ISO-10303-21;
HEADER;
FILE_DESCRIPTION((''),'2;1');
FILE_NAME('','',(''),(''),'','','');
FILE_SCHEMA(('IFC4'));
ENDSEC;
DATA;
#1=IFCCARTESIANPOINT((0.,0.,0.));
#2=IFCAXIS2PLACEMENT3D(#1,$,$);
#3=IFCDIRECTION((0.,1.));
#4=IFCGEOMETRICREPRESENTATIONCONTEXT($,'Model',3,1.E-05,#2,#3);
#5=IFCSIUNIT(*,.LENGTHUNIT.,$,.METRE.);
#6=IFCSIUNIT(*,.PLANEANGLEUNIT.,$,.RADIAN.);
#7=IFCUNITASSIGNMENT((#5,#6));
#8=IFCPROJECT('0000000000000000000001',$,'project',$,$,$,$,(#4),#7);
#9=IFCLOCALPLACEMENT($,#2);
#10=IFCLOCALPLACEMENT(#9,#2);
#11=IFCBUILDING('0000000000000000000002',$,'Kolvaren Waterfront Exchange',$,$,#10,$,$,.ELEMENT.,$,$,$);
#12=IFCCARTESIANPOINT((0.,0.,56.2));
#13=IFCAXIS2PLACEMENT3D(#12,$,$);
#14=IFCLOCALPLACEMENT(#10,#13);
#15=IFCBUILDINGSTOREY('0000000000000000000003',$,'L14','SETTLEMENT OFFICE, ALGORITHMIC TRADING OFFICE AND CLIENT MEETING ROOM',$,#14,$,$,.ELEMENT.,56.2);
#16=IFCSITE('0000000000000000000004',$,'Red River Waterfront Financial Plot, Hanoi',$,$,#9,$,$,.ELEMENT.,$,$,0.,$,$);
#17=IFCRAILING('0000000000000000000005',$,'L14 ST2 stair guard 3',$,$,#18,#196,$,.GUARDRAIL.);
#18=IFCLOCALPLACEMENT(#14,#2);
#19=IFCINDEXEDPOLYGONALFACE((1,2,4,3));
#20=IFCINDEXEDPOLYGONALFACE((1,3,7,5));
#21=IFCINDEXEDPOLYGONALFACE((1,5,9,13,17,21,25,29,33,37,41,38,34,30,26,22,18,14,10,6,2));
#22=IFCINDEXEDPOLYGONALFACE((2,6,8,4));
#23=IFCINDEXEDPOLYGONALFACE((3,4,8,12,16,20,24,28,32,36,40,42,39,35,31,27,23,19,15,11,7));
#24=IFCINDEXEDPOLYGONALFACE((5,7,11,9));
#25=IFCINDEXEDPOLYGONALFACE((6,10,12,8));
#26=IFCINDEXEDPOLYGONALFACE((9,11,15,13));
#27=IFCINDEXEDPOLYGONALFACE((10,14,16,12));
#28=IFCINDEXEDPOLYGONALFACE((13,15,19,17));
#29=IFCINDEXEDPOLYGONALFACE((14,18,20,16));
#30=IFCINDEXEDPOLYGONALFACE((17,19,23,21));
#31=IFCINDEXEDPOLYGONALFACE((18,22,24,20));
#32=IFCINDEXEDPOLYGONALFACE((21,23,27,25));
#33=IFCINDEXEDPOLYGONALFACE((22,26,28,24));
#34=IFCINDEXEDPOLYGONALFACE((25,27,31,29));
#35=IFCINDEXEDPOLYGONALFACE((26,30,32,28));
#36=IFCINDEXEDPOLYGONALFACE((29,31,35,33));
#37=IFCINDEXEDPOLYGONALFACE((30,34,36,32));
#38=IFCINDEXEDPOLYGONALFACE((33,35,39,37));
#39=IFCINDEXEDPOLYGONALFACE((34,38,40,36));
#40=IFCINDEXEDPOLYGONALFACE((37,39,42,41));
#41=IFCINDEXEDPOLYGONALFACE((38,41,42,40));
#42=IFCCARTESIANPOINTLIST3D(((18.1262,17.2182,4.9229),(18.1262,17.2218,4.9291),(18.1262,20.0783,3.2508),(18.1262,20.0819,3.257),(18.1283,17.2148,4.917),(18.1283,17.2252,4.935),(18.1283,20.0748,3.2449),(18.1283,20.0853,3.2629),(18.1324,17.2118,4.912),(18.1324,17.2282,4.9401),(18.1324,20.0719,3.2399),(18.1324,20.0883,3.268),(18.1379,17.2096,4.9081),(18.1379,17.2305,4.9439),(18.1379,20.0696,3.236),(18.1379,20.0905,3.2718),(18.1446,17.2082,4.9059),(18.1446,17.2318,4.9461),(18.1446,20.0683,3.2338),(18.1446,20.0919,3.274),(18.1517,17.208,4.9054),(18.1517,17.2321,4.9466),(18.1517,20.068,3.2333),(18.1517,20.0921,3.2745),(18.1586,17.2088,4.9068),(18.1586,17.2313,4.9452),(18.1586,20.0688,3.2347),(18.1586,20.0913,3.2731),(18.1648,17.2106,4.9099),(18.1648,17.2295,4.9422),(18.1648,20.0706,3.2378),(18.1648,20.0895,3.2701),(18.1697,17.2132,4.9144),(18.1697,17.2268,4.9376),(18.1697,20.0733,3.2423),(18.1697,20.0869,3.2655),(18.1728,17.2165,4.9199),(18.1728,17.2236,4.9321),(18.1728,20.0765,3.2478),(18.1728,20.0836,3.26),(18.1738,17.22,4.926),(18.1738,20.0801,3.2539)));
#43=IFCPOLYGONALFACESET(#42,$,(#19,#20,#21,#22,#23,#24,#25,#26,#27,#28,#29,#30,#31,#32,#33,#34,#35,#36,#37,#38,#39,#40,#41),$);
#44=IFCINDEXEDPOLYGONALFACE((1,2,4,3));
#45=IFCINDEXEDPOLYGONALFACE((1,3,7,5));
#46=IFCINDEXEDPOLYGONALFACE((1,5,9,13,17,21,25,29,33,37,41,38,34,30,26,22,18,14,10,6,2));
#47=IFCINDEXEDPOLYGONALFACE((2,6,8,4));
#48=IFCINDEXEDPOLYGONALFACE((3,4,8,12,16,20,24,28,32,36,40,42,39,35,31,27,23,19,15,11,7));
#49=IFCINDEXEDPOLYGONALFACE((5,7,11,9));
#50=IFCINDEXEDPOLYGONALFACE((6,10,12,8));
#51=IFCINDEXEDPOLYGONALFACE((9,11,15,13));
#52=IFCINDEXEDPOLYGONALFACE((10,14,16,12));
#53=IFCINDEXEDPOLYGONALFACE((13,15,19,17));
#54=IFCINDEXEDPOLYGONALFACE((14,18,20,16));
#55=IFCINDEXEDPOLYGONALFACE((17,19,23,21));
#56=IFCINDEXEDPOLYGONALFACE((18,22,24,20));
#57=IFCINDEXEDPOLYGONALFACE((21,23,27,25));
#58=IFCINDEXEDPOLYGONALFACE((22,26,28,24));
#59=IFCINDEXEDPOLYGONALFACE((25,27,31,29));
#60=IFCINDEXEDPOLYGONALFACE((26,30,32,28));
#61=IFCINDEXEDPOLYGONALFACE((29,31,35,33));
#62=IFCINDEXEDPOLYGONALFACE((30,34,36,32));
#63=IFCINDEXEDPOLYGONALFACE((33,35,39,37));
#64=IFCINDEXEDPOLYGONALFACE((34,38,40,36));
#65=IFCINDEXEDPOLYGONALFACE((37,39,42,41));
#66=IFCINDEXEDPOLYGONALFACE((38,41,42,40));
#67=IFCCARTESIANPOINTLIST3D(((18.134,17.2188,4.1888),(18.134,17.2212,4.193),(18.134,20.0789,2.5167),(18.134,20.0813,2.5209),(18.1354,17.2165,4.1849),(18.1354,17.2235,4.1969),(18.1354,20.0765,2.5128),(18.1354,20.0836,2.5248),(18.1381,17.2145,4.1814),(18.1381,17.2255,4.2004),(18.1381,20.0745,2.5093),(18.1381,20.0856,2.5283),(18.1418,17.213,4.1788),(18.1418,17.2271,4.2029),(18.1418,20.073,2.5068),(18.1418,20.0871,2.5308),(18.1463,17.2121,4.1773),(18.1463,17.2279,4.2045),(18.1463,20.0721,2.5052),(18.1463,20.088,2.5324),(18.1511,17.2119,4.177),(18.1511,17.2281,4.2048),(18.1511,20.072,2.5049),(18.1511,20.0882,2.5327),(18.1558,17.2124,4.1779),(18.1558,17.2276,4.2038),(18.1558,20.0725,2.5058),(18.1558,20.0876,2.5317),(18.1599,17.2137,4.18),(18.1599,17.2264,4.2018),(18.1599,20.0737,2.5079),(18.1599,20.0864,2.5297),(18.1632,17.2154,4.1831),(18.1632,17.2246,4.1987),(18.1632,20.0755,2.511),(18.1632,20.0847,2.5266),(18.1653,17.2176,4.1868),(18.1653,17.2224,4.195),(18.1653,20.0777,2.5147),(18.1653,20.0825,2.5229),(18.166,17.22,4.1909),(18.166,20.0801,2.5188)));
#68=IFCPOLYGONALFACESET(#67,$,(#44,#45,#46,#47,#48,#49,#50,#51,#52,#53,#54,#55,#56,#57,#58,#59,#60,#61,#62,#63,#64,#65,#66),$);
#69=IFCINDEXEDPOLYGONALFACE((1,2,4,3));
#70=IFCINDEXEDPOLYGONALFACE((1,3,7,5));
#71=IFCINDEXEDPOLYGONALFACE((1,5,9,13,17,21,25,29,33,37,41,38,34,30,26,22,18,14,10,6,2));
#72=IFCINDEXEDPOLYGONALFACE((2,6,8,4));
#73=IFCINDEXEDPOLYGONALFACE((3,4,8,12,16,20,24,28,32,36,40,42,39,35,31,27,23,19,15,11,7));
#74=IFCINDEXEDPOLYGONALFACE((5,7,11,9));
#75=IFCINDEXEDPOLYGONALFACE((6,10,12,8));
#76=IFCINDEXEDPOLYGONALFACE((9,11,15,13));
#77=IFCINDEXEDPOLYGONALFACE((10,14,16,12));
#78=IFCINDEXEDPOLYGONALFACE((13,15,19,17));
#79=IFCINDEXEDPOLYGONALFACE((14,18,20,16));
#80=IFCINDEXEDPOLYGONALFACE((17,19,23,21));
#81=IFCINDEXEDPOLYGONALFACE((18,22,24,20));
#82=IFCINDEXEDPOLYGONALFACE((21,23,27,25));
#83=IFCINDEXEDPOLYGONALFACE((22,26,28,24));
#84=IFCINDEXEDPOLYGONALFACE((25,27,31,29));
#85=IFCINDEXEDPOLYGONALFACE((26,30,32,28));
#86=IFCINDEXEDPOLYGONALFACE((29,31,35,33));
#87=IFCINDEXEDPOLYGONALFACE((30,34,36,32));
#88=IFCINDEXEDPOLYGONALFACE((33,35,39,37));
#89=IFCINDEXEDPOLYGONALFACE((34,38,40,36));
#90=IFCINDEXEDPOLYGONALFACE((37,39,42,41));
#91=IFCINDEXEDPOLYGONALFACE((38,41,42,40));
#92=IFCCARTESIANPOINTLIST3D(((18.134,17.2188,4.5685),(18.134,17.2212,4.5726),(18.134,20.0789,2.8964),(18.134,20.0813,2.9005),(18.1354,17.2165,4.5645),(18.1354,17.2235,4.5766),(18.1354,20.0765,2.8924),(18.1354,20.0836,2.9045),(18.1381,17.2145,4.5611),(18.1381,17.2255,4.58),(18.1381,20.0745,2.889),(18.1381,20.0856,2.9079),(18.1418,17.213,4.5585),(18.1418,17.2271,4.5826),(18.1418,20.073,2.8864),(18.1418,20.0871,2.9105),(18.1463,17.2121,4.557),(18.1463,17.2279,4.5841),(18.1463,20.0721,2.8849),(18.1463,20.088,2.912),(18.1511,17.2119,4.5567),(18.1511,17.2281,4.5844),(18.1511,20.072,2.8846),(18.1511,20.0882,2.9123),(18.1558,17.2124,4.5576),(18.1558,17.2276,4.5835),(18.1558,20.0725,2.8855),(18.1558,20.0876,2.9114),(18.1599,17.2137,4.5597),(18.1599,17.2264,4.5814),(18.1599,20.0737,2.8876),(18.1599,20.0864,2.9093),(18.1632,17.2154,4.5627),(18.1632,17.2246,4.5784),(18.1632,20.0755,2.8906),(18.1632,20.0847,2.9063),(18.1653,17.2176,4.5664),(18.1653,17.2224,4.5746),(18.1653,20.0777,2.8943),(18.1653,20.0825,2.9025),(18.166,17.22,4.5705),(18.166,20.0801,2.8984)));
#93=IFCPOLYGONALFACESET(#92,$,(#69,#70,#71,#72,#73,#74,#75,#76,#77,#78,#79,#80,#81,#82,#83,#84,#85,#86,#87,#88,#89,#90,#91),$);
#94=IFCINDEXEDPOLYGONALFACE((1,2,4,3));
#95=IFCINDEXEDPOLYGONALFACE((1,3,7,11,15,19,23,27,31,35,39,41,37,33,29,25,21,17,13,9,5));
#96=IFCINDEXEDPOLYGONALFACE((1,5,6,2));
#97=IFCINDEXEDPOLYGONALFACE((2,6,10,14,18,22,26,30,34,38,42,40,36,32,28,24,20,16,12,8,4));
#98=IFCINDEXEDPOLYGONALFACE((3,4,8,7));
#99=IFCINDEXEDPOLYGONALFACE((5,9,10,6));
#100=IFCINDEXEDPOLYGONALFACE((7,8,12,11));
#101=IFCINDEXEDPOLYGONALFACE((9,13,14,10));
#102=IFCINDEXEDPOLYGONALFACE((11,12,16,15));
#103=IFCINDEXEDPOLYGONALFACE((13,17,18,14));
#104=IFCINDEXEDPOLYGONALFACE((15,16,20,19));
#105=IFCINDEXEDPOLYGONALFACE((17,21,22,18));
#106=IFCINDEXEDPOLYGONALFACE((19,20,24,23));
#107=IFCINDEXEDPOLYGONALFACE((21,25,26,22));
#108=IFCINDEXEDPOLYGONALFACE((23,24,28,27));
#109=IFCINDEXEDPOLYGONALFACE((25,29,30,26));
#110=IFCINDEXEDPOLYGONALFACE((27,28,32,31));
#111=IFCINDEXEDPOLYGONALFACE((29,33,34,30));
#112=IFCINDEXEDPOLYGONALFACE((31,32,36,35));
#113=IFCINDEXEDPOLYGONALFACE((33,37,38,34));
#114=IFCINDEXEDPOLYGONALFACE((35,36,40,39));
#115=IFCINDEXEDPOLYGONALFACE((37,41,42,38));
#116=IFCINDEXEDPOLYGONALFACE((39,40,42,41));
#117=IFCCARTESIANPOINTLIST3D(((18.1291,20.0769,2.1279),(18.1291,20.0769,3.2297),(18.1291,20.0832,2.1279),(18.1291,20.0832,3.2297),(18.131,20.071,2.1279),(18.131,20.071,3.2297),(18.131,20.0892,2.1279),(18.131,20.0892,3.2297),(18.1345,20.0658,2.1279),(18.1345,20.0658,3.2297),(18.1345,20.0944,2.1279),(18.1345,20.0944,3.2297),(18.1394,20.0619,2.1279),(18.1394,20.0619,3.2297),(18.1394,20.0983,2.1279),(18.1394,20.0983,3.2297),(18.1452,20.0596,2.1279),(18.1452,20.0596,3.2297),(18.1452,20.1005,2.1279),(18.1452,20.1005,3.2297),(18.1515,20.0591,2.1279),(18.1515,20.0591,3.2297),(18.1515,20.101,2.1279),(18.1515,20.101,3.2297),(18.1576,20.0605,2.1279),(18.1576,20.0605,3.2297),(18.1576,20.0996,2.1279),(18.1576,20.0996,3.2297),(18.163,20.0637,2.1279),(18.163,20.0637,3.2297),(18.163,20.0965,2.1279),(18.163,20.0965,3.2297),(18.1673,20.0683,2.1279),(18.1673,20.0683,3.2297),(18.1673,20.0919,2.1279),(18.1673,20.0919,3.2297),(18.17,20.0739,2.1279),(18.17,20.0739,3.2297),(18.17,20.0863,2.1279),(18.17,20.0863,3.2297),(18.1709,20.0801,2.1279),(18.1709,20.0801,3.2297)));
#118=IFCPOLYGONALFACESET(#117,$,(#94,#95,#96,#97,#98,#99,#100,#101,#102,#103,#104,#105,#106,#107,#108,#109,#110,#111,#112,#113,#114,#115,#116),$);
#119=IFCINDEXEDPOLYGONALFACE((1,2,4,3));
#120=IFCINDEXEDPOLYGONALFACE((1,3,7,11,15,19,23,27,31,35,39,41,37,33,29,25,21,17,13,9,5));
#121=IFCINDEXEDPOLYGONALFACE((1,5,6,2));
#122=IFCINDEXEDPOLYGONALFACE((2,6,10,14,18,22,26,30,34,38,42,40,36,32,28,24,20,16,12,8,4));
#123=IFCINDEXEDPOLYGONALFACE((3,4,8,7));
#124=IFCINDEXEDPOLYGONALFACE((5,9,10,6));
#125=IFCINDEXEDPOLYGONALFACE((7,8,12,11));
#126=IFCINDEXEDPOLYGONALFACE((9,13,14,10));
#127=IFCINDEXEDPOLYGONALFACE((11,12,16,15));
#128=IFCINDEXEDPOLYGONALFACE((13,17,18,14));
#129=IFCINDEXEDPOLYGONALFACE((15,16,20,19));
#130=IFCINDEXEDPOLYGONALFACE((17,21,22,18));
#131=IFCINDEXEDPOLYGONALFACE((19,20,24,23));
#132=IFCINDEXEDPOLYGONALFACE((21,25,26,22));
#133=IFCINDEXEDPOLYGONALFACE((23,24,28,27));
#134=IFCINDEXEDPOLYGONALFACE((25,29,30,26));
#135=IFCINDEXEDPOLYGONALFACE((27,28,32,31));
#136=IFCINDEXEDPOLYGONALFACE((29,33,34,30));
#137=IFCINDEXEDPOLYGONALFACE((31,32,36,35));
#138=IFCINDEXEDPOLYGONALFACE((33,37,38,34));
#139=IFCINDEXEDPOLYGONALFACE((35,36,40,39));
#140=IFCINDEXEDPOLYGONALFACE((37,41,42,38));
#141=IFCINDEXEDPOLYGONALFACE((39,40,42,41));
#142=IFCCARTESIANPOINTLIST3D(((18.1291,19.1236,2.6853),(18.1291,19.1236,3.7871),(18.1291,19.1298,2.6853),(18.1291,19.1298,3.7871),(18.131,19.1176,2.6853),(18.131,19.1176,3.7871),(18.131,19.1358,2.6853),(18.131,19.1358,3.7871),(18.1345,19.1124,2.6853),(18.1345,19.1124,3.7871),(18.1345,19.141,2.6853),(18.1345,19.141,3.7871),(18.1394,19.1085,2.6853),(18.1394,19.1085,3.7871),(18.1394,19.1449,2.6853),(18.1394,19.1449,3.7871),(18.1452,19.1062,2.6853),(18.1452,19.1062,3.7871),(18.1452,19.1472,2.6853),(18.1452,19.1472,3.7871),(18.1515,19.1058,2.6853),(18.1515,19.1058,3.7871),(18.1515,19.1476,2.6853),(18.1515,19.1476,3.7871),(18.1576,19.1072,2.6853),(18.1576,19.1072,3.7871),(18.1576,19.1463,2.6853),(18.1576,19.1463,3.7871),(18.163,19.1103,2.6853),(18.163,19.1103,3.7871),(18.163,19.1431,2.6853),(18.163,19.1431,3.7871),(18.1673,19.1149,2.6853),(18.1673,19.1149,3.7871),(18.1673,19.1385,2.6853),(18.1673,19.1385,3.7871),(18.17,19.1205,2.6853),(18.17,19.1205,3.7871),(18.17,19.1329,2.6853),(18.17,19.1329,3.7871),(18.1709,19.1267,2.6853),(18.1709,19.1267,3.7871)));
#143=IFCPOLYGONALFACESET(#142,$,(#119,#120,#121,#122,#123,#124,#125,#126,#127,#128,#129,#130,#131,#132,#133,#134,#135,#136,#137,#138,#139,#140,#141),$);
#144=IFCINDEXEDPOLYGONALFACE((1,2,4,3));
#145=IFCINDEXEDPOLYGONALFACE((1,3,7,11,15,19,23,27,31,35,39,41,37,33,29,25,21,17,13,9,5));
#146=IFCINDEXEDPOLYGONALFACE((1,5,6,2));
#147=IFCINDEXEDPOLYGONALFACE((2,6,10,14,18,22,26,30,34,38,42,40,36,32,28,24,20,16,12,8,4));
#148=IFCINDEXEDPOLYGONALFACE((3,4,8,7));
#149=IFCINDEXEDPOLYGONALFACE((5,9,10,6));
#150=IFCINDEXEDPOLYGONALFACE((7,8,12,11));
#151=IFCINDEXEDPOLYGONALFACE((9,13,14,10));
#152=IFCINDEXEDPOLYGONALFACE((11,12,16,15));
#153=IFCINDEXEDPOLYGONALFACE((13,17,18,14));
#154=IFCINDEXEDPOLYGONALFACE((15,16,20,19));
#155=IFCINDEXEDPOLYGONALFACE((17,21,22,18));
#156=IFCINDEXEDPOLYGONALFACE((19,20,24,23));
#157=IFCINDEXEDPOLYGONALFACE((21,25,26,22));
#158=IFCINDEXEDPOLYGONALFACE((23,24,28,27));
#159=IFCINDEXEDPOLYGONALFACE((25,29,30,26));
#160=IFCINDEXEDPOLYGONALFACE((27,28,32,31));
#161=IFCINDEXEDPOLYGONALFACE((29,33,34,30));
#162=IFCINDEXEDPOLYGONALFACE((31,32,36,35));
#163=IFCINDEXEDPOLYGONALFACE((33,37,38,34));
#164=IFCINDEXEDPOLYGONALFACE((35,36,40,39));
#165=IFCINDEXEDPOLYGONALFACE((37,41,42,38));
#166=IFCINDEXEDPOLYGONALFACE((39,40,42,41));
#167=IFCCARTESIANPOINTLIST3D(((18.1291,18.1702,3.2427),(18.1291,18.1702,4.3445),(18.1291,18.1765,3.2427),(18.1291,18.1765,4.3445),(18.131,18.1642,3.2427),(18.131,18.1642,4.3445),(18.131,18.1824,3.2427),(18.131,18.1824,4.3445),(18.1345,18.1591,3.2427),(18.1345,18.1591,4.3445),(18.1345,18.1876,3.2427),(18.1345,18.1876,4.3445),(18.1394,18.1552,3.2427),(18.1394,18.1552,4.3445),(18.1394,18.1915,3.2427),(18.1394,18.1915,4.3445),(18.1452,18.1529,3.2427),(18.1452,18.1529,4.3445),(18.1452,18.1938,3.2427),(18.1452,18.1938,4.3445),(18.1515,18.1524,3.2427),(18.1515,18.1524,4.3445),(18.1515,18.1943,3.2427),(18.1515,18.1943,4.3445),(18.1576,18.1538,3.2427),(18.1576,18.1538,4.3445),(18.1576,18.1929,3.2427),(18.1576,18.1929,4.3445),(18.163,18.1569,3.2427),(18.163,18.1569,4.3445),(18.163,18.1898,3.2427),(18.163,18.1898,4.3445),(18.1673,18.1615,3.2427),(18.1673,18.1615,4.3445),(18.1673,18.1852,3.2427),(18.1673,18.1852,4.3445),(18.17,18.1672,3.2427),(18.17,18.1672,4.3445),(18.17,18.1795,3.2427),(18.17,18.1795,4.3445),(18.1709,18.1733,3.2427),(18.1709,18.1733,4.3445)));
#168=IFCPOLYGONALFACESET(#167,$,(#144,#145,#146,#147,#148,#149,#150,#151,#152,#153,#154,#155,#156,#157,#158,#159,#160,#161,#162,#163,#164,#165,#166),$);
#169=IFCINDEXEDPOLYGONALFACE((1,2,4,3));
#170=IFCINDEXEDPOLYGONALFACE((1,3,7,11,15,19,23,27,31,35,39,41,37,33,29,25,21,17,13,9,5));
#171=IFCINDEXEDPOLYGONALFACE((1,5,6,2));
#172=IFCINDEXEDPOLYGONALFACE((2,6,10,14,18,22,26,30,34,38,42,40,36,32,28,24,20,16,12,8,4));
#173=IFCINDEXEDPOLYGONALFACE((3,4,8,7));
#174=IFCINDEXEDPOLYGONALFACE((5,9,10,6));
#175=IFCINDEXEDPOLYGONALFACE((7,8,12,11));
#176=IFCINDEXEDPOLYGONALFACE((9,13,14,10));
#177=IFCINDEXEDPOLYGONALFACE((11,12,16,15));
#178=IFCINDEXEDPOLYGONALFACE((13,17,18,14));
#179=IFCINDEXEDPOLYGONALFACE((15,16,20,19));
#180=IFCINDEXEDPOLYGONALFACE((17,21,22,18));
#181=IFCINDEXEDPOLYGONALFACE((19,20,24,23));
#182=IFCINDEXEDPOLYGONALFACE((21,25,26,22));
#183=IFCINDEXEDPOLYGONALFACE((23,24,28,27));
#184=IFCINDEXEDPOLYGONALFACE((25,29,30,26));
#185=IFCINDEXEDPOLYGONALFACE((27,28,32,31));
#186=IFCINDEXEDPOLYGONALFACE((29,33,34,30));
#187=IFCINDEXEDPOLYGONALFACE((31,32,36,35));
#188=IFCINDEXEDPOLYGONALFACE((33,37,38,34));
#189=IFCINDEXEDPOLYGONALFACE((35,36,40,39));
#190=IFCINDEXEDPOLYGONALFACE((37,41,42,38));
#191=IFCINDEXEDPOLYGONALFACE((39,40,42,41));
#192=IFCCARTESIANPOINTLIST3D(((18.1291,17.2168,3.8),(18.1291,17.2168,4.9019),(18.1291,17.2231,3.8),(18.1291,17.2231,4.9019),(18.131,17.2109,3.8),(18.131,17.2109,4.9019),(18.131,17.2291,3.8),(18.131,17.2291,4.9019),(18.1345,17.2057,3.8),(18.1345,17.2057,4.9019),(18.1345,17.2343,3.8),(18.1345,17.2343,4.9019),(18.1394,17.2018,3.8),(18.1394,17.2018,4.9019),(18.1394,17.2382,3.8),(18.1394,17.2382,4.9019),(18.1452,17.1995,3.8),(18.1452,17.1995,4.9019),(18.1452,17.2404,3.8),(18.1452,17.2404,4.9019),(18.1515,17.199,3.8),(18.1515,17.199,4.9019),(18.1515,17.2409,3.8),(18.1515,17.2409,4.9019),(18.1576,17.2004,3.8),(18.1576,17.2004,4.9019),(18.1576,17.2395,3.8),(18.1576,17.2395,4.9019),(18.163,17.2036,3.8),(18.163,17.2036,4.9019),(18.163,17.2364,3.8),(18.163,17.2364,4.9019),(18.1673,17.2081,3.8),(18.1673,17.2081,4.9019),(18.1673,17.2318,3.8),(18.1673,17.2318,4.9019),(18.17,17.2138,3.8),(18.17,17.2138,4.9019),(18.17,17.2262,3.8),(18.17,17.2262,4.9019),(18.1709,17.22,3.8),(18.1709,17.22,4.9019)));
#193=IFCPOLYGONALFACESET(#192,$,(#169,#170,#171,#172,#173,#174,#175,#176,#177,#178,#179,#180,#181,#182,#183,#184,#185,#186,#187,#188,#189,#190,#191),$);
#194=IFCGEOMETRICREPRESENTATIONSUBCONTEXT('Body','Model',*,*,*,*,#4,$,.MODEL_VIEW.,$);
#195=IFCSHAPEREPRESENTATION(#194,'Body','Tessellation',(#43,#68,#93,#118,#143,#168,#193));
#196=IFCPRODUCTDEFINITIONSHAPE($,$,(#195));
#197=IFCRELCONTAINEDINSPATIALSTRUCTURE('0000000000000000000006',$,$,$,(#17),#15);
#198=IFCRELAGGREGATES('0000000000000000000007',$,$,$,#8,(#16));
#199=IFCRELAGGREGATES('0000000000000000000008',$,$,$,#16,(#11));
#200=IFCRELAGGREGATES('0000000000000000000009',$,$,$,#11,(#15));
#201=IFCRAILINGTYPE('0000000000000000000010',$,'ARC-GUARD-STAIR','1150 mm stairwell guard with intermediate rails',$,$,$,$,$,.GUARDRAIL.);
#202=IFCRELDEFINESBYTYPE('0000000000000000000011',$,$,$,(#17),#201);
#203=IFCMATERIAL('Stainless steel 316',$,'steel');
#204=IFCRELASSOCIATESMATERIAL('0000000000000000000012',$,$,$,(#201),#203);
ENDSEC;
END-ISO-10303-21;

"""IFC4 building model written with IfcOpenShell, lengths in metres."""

from ifc_helpers import new_model, si_unit, direction, frame, origin, origin_2d, place, context, subcontext, project, spatial, circle, extrude, material, type_object, element, save


model = new_model("IFC4")

# Units and contexts
model_context = context("Model", 3, precision=1e-05, world=origin(), true_north=direction((0.0, 1.0)))
body_context = subcontext(model_context, "Body", "Model", "MODEL_VIEW")
ifc_project = project(units=[si_unit("LENGTHUNIT", "METRE"), si_unit("PLANEANGLEUNIT", "RADIAN")], contexts=[model_context])

# Site, building, storey
site_placement = place(None, origin())
site = spatial("IfcSite", under=ifc_project, at=site_placement, Name="Red River Waterfront Financial Plot, Hanoi", CompositionType="ELEMENT", RefElevation=0.0)
building_placement = place(site_placement, origin())
building = spatial("IfcBuilding", under=site, at=building_placement, Name="Kolvaren Waterfront Exchange", CompositionType="ELEMENT")
storey_placement = place(building_placement, frame((0.0, 0.0, 56.2)))
storey = spatial("IfcBuildingStorey", under=building, at=storey_placement, Name="L14", Description="SETTLEMENT OFFICE, ALGORITHMIC TRADING OFFICE AND CLIENT MEETING ROOM", CompositionType="ELEMENT", Elevation=56.2)

# Railing
ifc_material_1 = material(Name="Stainless steel 316", Category="steel")
railing_type_1 = type_object("IfcRailingType", Name="ARC-GUARD-STAIR", Description="1150 mm stairwell guard with intermediate rails", PredefinedType="GUARDRAIL", material=ifc_material_1)
railing_1_placement = place(storey_placement, frame((18.1499, 20.0801, 2.1279)))
element("IfcRailing", 1, at=railing_1_placement, inside=storey, type_object=railing_type_1, Name="L14 ST2 stair guard 3", PredefinedType="GUARDRAIL", context=body_context, shape_type="SweptSolid", body=[
    extrude(circle(Radius=0.0239, at=origin_2d()), frame((0.0, 0.0, 1.126), z_axis=(0.0, -0.863289, 0.504709), x_axis=(1.0, 0.0, 0.0)), (0.0, 0.0, 1.0), 3.313),
    extrude(circle(Radius=0.0161, at=origin_2d()), frame((0.0, 0.0, 0.3909), z_axis=(0.0, -0.863289, 0.504709), x_axis=(1.0, 0.0, 0.0)), (0.0, 0.0, 1.0), 3.313),
    extrude(circle(Radius=0.0161, at=origin_2d()), frame((0.0, 0.0, 0.7705), z_axis=(0.0, -0.863289, 0.504709), x_axis=(1.0, 0.0, 0.0)), (0.0, 0.0, 1.0), 3.313),
    extrude(circle(Radius=0.021, at=origin_2d()), origin(), (0.0, 0.0, 1.0), 1.1018),
    extrude(circle(Radius=0.021, at=origin_2d()), frame((0.0, -0.9534, 0.5574)), (0.0, 0.0, 1.0), 1.1018),
    extrude(circle(Radius=0.021, at=origin_2d()), frame((0.0, -1.9067, 1.1147)), (0.0, 0.0, 1.0), 1.1018),
    extrude(circle(Radius=0.021, at=origin_2d()), frame((0.0, -2.8601, 1.6721)), (0.0, 0.0, 1.0), 1.1018),
])

save(model, "model.ifc")
